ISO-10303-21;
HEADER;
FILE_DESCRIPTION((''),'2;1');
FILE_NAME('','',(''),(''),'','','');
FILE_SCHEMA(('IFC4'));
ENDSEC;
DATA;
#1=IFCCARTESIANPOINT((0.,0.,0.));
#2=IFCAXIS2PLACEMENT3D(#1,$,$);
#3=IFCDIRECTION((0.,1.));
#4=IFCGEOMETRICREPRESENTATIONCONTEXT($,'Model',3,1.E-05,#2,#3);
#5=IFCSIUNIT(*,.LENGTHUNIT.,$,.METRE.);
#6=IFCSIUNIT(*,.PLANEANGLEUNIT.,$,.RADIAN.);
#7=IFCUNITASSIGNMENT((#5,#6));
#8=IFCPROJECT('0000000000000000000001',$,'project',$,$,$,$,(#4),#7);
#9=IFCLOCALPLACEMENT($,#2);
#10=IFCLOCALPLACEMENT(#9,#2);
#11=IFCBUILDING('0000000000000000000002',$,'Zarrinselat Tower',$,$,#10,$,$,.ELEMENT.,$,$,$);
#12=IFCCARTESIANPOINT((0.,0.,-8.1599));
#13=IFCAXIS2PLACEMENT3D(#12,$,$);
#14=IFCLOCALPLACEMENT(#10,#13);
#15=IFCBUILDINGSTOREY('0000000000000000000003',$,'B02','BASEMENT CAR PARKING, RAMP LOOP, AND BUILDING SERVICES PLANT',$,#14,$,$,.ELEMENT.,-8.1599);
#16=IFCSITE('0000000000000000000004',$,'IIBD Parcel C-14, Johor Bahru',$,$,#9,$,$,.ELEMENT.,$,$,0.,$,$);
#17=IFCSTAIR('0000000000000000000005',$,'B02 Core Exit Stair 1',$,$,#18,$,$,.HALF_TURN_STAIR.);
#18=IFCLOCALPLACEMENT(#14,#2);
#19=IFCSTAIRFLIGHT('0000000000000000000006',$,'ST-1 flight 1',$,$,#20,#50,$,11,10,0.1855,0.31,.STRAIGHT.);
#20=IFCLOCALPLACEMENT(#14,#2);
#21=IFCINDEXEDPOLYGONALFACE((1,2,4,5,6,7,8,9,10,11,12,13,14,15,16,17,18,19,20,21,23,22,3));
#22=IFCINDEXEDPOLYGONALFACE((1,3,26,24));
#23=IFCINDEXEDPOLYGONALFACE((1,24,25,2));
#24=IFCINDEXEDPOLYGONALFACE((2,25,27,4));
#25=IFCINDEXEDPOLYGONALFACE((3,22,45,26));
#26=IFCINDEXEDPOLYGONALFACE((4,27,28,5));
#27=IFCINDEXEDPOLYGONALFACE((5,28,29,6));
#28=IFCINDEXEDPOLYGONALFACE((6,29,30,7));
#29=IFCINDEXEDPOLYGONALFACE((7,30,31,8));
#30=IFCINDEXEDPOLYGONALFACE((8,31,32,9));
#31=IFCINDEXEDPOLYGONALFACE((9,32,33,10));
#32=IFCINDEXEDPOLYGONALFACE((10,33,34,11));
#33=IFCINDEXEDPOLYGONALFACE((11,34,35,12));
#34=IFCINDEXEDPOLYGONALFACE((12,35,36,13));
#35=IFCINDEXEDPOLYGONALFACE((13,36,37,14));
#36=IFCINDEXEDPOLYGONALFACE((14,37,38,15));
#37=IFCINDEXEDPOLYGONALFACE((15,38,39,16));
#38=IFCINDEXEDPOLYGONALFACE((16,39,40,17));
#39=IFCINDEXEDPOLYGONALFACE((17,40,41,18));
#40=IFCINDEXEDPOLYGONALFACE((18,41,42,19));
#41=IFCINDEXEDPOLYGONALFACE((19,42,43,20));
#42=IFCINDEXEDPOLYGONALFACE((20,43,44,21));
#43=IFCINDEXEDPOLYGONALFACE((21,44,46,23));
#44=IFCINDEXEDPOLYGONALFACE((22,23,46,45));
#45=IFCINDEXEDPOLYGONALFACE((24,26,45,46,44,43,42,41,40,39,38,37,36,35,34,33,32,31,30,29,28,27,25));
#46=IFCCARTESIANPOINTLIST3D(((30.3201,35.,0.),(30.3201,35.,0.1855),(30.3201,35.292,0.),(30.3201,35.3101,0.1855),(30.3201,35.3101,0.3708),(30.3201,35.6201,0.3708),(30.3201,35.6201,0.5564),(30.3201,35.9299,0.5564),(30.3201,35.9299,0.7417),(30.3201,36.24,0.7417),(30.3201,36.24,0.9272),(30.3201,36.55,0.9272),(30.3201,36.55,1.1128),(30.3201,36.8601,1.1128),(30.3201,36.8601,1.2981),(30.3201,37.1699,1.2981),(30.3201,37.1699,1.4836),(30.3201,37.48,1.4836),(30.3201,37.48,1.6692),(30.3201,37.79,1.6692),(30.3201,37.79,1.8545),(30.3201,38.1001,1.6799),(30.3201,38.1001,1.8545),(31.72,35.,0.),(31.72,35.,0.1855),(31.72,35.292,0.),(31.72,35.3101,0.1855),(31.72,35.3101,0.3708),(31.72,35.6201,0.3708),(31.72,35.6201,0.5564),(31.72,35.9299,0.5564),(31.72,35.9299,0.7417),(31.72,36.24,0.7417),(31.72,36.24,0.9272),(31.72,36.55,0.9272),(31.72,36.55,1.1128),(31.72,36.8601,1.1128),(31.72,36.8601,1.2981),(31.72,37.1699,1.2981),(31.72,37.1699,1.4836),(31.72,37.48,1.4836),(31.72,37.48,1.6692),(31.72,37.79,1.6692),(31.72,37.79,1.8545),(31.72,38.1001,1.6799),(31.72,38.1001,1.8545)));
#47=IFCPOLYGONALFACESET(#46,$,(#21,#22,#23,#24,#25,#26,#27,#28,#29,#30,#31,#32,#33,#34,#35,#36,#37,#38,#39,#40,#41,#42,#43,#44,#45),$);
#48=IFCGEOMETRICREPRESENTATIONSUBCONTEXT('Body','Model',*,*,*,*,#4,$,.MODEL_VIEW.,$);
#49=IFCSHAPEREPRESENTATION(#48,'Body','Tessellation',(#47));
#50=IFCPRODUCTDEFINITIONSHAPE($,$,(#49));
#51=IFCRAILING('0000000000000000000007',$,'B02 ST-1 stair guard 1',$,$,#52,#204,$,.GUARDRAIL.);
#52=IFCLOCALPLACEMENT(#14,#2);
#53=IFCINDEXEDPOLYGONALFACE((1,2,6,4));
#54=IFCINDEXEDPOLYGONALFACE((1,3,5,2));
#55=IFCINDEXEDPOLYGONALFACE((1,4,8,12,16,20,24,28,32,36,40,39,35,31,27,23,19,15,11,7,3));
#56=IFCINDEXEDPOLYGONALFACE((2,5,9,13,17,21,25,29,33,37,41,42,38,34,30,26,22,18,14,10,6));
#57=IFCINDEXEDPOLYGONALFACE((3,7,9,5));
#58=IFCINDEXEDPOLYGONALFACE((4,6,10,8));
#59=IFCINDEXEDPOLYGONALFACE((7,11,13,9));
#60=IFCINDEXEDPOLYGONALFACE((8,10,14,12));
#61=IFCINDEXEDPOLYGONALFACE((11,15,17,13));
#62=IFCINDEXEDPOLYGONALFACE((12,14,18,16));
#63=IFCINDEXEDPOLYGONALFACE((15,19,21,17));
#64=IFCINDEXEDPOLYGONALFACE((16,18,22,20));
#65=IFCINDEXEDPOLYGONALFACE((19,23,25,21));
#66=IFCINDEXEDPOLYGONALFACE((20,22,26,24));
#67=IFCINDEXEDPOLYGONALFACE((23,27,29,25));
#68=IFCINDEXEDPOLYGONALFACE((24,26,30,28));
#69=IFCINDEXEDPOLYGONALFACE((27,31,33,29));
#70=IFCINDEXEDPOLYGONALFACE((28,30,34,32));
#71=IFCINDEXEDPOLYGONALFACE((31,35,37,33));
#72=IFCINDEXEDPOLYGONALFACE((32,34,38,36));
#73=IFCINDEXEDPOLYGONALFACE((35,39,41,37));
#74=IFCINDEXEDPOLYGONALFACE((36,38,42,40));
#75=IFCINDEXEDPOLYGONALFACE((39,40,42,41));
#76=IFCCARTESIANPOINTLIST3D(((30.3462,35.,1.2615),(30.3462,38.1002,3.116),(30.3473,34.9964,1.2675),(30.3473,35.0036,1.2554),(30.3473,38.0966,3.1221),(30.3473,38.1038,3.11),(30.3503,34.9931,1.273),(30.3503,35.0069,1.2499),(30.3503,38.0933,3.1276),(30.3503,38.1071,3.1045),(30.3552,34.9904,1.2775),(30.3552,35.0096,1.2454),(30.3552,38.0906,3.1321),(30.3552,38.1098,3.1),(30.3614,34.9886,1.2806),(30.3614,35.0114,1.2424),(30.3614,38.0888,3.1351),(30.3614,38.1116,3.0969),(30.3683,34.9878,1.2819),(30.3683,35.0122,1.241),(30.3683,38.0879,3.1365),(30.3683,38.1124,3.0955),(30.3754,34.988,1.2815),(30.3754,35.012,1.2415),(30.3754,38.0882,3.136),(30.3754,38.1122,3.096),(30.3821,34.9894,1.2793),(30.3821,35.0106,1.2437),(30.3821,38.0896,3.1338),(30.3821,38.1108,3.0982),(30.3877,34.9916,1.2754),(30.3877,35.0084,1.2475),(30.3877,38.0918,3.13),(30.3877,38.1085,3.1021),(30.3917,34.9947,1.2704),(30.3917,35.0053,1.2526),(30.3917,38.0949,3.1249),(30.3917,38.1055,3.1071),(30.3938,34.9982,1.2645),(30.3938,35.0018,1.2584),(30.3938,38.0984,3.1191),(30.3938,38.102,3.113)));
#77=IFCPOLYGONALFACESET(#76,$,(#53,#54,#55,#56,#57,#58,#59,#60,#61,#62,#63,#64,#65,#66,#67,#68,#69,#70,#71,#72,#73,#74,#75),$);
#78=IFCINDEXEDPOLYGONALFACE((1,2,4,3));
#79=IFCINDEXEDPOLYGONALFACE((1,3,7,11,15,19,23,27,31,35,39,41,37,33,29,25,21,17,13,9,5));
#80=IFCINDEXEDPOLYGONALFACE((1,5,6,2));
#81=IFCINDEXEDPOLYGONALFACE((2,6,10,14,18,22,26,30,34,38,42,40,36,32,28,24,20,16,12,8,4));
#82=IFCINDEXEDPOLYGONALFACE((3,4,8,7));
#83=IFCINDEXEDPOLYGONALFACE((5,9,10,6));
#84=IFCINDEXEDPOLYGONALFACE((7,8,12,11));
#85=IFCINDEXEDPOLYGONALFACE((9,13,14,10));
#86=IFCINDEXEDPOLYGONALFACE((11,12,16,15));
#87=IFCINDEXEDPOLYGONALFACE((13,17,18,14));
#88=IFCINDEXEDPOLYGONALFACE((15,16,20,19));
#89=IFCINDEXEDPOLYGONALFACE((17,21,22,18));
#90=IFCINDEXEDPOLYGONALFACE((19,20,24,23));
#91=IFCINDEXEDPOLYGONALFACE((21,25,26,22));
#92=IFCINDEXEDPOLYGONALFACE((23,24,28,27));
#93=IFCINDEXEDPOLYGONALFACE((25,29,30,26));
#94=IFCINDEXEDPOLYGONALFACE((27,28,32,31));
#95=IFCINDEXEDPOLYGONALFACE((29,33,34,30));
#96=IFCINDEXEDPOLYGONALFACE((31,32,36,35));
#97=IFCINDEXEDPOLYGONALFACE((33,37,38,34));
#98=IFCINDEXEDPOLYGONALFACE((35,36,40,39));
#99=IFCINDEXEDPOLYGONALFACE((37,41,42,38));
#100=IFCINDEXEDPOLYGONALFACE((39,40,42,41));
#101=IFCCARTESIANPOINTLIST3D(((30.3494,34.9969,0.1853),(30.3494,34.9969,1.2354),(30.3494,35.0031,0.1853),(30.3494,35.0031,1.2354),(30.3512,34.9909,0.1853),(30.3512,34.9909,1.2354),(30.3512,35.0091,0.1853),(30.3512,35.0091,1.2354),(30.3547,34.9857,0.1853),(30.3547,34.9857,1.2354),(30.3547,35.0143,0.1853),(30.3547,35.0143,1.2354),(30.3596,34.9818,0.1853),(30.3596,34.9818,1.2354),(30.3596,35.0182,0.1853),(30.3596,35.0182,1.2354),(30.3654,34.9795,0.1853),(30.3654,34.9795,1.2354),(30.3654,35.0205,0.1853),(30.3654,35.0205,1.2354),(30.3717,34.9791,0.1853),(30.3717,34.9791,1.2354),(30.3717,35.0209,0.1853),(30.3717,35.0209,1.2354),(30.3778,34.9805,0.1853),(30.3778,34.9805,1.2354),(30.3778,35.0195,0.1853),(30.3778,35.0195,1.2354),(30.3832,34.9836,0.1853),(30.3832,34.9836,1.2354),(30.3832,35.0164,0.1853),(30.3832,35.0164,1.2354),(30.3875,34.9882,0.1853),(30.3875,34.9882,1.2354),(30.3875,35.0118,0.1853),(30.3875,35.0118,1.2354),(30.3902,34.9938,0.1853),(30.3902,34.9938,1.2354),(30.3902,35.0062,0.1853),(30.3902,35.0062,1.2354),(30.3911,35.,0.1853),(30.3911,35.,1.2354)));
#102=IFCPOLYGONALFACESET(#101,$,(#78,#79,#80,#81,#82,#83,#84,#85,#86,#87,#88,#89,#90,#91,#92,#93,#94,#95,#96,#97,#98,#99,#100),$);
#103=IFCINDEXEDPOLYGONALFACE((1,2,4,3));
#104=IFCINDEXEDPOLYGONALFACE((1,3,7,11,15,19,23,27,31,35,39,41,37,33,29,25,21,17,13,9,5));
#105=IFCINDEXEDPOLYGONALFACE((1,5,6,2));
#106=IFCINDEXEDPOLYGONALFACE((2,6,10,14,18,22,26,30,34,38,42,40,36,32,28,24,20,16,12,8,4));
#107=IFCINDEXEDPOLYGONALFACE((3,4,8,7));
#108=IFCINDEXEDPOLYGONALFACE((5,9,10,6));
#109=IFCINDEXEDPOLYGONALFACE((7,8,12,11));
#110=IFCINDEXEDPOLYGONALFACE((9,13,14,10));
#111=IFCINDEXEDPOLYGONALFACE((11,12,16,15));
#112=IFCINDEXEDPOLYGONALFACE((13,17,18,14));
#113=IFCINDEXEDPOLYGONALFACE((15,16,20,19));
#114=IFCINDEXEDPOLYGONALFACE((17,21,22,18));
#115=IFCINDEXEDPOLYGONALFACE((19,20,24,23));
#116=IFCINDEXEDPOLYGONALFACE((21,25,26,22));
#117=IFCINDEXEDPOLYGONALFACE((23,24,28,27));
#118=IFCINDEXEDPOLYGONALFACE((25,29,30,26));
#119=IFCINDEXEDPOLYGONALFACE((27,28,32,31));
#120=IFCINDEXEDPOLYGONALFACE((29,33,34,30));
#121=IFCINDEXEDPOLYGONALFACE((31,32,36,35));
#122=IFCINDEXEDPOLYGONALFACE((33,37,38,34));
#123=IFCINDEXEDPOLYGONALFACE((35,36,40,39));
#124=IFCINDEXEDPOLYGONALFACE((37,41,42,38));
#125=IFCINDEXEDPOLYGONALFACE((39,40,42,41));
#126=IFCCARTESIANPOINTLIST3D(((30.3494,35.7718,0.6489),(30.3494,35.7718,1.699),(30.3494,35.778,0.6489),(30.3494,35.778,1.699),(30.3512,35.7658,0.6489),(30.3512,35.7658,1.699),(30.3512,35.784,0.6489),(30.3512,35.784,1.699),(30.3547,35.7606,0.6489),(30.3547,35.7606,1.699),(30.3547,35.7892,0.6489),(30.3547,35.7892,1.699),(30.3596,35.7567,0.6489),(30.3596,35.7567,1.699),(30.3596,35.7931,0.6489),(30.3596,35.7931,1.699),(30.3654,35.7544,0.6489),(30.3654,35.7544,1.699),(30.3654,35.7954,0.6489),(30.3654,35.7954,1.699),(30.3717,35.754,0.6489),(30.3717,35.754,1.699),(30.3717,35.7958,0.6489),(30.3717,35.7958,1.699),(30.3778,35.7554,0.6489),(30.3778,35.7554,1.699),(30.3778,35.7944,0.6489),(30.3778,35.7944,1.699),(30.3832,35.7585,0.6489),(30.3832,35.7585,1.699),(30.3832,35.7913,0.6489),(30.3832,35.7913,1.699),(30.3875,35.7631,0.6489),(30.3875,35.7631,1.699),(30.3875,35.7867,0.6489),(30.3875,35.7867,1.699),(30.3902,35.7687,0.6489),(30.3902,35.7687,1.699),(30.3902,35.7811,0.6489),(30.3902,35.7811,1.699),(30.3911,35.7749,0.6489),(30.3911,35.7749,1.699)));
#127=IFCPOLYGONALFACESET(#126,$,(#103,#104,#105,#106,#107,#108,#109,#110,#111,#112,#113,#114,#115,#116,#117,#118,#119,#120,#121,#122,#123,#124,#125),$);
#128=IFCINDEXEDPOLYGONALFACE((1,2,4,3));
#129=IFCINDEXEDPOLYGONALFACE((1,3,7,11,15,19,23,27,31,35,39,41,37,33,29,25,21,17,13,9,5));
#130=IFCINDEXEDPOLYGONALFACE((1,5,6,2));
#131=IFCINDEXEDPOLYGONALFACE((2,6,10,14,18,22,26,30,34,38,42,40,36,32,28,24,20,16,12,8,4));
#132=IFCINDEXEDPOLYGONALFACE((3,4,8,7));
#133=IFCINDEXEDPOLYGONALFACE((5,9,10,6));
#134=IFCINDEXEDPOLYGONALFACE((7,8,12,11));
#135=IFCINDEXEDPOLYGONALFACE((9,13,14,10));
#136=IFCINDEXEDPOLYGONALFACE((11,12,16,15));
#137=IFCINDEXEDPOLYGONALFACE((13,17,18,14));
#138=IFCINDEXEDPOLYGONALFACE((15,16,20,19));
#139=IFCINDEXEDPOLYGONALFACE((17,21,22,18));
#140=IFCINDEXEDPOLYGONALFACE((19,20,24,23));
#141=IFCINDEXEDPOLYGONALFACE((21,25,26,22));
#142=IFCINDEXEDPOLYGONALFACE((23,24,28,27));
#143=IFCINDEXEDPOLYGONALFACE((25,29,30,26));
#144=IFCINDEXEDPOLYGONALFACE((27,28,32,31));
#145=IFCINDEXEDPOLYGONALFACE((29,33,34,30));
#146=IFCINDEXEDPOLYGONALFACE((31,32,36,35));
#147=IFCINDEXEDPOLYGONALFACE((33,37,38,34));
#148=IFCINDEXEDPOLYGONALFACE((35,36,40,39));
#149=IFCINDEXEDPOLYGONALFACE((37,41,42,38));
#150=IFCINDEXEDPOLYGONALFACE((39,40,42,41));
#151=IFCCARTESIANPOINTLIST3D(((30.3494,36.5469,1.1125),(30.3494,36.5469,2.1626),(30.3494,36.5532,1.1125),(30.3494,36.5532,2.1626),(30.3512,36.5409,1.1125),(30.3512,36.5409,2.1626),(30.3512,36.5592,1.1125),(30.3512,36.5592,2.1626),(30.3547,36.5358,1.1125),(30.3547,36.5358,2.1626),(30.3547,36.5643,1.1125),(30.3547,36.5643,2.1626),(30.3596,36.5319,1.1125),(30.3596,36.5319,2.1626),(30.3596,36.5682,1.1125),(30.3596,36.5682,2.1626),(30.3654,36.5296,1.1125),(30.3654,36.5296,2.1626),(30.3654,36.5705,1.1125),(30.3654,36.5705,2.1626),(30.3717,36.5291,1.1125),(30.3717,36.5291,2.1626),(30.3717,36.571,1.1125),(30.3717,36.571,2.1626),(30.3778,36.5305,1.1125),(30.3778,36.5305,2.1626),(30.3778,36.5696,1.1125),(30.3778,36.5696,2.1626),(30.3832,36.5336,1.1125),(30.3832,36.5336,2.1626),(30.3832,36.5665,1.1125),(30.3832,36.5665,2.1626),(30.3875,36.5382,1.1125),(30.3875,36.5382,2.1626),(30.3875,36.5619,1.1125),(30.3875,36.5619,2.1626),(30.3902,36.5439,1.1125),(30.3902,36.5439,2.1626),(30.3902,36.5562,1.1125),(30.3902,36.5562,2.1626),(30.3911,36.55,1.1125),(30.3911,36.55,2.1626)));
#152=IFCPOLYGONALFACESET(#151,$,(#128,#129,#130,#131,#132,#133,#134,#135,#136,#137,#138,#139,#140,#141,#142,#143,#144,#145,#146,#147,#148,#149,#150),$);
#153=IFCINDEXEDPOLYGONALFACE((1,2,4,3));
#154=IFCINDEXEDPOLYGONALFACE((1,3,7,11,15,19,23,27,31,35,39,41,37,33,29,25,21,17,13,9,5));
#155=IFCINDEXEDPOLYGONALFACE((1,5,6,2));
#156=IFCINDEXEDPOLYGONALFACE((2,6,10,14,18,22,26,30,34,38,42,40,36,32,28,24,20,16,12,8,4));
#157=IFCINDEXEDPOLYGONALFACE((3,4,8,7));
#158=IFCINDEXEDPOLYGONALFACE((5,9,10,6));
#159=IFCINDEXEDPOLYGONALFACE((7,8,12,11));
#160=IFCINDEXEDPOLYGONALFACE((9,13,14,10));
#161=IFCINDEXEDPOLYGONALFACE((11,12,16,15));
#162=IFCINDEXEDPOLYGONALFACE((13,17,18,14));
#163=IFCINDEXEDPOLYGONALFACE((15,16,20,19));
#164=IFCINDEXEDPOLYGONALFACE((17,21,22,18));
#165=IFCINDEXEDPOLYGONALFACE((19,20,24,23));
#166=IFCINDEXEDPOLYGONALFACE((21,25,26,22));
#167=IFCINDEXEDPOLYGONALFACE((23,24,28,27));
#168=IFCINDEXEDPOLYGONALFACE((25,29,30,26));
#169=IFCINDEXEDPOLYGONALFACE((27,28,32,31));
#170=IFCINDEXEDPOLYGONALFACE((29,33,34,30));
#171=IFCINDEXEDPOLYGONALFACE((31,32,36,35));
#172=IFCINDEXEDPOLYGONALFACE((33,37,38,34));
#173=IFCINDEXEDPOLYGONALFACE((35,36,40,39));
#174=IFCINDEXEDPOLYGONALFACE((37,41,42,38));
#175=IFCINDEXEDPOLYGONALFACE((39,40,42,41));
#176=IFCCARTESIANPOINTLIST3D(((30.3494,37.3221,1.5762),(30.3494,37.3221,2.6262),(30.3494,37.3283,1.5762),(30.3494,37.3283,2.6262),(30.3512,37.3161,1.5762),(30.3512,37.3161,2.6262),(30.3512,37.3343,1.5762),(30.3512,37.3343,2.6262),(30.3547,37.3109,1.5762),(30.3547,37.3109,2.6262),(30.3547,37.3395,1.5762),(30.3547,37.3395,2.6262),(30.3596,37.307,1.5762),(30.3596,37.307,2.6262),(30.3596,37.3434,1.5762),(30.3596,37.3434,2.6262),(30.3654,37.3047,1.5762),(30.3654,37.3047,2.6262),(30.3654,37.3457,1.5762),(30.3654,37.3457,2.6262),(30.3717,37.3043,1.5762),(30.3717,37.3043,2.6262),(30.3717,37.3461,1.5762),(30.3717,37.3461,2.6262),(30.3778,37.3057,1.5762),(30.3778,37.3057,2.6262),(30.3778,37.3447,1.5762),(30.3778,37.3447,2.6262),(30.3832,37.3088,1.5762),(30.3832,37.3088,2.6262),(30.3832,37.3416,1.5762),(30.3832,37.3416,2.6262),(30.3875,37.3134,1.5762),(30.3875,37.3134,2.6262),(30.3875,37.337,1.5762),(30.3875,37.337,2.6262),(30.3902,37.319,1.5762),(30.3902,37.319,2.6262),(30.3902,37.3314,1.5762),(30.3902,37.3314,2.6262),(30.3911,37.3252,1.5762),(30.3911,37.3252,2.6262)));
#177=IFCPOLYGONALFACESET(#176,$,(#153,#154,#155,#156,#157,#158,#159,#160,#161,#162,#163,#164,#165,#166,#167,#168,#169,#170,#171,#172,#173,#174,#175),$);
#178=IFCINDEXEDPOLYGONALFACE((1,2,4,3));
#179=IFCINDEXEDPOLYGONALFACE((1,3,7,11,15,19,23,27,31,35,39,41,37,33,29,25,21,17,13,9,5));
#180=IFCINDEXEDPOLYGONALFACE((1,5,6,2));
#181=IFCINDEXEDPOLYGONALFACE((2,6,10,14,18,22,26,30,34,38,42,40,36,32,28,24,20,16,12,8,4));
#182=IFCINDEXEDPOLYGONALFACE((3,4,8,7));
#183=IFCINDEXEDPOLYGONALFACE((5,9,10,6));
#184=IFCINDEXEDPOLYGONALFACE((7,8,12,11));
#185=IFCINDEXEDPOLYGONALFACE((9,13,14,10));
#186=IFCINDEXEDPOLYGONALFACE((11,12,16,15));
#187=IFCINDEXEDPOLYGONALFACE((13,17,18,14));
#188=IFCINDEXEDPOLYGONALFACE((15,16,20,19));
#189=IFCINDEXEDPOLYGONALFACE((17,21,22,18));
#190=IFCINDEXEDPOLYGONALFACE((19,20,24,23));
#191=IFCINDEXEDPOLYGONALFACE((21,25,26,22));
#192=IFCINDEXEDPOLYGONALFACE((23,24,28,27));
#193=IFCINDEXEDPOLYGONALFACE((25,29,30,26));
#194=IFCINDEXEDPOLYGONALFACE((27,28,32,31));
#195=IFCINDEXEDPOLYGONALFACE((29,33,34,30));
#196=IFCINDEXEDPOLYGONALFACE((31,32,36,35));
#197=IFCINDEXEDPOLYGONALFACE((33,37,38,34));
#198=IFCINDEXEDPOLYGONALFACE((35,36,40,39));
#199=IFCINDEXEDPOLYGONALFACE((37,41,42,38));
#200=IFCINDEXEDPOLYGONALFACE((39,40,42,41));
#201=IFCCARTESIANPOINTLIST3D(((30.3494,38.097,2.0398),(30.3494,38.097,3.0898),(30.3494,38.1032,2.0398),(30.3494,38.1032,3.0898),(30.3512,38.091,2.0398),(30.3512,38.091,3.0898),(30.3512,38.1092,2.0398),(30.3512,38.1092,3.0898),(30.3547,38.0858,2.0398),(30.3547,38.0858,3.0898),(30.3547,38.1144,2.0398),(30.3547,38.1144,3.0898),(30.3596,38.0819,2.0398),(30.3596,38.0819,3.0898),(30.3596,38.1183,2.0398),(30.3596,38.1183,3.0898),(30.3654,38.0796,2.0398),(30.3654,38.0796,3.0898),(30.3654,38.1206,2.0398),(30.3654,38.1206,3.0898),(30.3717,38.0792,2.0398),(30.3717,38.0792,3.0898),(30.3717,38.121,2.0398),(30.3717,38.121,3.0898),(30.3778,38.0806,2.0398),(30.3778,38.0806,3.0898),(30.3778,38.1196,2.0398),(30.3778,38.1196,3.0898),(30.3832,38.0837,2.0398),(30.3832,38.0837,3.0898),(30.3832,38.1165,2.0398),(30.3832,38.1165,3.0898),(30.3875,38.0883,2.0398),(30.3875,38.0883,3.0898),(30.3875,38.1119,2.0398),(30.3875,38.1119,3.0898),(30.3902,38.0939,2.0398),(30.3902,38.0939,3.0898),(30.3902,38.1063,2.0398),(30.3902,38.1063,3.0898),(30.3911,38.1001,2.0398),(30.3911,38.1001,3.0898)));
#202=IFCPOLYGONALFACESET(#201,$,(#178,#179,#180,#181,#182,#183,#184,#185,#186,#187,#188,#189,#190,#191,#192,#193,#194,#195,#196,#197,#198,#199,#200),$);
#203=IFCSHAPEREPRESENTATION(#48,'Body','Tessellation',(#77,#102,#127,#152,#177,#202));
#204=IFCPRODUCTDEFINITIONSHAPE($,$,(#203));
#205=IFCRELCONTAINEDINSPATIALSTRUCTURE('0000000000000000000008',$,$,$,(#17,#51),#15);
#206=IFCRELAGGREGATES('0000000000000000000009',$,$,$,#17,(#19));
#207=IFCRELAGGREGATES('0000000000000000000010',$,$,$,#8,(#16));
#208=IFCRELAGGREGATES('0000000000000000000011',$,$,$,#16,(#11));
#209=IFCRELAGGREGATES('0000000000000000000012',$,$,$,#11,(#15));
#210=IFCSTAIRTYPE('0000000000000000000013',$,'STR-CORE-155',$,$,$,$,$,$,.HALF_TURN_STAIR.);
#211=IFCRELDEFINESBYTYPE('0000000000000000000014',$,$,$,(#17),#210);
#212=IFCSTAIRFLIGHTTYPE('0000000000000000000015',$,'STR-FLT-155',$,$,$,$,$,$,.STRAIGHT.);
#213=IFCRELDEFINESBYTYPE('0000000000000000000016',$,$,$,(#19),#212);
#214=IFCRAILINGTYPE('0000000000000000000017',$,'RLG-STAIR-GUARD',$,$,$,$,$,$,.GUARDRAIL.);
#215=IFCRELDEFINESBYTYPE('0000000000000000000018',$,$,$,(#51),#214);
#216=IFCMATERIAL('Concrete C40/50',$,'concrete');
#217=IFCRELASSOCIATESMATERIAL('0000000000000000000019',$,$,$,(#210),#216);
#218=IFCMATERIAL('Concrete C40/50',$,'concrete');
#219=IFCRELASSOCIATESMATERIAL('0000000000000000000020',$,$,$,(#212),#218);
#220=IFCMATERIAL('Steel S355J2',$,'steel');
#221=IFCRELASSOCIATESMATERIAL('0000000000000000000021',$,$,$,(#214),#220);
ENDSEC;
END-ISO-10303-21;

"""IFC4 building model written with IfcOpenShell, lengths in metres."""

from ifc_helpers import new_model, si_unit, direction, frame, origin, origin_2d, place, context, subcontext, project, spatial, polyline, circle, outline, extrude, material, type_object, element, aggregate, save


model = new_model("IFC4")

# Units and contexts
model_context = context("Model", 3, precision=1e-05, world=origin(), true_north=direction((0.0, 1.0)))
body_context = subcontext(model_context, "Body", "Model", "MODEL_VIEW")
ifc_project = project(units=[si_unit("LENGTHUNIT", "METRE"), si_unit("PLANEANGLEUNIT", "RADIAN")], contexts=[model_context])

# Site, building, storey
site_placement = place(None, origin())
site = spatial("IfcSite", under=ifc_project, at=site_placement, Name="IIBD Parcel C-14, Johor Bahru", CompositionType="ELEMENT", RefElevation=0.0)
building_placement = place(site_placement, origin())
building = spatial("IfcBuilding", under=site, at=building_placement, Name="Zarrinselat Tower", CompositionType="ELEMENT")
storey_placement = place(building_placement, frame((0.0, 0.0, -8.1599)))
storey = spatial("IfcBuildingStorey", under=building, at=storey_placement, Name="B02", Description="BASEMENT CAR PARKING, RAMP LOOP, AND BUILDING SERVICES PLANT", CompositionType="ELEMENT", Elevation=-8.1599)

# Stair, stair flight
ifc_material_1 = material(Name="Concrete C40/50", Category="concrete")
stair_type = type_object("IfcStairType", Name="STR-CORE-155", PredefinedType="HALF_TURN_STAIR", material=ifc_material_1)
stair_placement = place(storey_placement, origin())
stair = element("IfcStair", 1, at=stair_placement, inside=storey, type_object=stair_type, Name="B02 Core Exit Stair 1", PredefinedType="HALF_TURN_STAIR")
ifc_material_2 = material(Name="Concrete C40/50", Category="concrete")
stair_flight_type = type_object("IfcStairFlightType", Name="STR-FLT-155", PredefinedType="STRAIGHT", material=ifc_material_2)
stair_flight_placement = place(storey_placement, frame((31.02, 35.0, 0.0), z_axis=(0.0, 0.0, 1.0), x_axis=(0.0, 1.0, 0.0)))
stair_flight = element("IfcStairFlight", 2, at=stair_flight_placement, type_object=stair_flight_type, Name="ST-1 flight 1", NumberOfRisers=11, NumberOfTreads=10, PredefinedType="STRAIGHT", RiserHeight=0.1855, TreadLength=0.31, context=body_context, shape_type="SweptSolid", body=[
    extrude(outline(polyline([(0.0, 0.0), (0.0, 0.1855), (0.3101, 0.1855), (0.3101, 0.3708), (0.6201, 0.3708), (0.6201, 0.5564), (0.9299, 0.5564), (0.9299, 0.7417), (1.24, 0.7417), (1.24, 0.9272), (1.55, 0.9272), (1.55, 1.1128), (1.8601, 1.1128), (1.8601, 1.2981), (2.1699, 1.2981), (2.1699, 1.4836), (2.48, 1.4836), (2.48, 1.6692), (2.79, 1.6692), (2.79, 1.8545), (3.1001, 1.8545), (3.1001, 2.04), (3.1001, 1.6799), (0.292, 0.0), (0.0, 0.0)])), frame((0.0, 0.7, 0.0), z_axis=(0.0, -1.0, 0.0), x_axis=(1.0, 0.0, 0.0)), (0.0, 0.0, 1.0), 1.3999),
])
aggregate(stair, [stair_flight])

# Railing
ifc_material_3 = material(Name="Steel S355J2", Category="steel")
railing_type_1 = type_object("IfcRailingType", Name="RLG-STAIR-GUARD", PredefinedType="GUARDRAIL", material=ifc_material_3)
railing_1_placement = place(storey_placement, frame((30.3701, 35.0, 0.1853)))
element("IfcRailing", 3, at=railing_1_placement, inside=storey, type_object=railing_type_1, Name="B02 ST-1 stair guard 1", PredefinedType="GUARDRAIL", context=body_context, shape_type="SweptSolid", body=[
    extrude(circle(Radius=0.0239, at=origin_2d()), frame((0.0, 0.0, 1.0762), z_axis=(0.0, 0.858172, 0.513362), x_axis=(-1.0, 0.0, 0.0)), (0.0, 0.0, 1.0), 3.6125),
    extrude(circle(Radius=0.021, at=origin_2d()), origin(), (0.0, 0.0, 1.0), 1.05),
    extrude(circle(Radius=0.021, at=origin_2d()), frame((0.0, 0.7749, 0.4636)), (0.0, 0.0, 1.0), 1.05),
    extrude(circle(Radius=0.021, at=origin_2d()), frame((0.0, 1.55, 0.9272)), (0.0, 0.0, 1.0), 1.05),
    extrude(circle(Radius=0.021, at=origin_2d()), frame((0.0, 2.3252, 1.3909)), (0.0, 0.0, 1.0), 1.05),
    extrude(circle(Radius=0.021, at=origin_2d()), frame((0.0, 3.1001, 1.8545)), (0.0, 0.0, 1.0), 1.05),
])

save(model, "model.ifc")
